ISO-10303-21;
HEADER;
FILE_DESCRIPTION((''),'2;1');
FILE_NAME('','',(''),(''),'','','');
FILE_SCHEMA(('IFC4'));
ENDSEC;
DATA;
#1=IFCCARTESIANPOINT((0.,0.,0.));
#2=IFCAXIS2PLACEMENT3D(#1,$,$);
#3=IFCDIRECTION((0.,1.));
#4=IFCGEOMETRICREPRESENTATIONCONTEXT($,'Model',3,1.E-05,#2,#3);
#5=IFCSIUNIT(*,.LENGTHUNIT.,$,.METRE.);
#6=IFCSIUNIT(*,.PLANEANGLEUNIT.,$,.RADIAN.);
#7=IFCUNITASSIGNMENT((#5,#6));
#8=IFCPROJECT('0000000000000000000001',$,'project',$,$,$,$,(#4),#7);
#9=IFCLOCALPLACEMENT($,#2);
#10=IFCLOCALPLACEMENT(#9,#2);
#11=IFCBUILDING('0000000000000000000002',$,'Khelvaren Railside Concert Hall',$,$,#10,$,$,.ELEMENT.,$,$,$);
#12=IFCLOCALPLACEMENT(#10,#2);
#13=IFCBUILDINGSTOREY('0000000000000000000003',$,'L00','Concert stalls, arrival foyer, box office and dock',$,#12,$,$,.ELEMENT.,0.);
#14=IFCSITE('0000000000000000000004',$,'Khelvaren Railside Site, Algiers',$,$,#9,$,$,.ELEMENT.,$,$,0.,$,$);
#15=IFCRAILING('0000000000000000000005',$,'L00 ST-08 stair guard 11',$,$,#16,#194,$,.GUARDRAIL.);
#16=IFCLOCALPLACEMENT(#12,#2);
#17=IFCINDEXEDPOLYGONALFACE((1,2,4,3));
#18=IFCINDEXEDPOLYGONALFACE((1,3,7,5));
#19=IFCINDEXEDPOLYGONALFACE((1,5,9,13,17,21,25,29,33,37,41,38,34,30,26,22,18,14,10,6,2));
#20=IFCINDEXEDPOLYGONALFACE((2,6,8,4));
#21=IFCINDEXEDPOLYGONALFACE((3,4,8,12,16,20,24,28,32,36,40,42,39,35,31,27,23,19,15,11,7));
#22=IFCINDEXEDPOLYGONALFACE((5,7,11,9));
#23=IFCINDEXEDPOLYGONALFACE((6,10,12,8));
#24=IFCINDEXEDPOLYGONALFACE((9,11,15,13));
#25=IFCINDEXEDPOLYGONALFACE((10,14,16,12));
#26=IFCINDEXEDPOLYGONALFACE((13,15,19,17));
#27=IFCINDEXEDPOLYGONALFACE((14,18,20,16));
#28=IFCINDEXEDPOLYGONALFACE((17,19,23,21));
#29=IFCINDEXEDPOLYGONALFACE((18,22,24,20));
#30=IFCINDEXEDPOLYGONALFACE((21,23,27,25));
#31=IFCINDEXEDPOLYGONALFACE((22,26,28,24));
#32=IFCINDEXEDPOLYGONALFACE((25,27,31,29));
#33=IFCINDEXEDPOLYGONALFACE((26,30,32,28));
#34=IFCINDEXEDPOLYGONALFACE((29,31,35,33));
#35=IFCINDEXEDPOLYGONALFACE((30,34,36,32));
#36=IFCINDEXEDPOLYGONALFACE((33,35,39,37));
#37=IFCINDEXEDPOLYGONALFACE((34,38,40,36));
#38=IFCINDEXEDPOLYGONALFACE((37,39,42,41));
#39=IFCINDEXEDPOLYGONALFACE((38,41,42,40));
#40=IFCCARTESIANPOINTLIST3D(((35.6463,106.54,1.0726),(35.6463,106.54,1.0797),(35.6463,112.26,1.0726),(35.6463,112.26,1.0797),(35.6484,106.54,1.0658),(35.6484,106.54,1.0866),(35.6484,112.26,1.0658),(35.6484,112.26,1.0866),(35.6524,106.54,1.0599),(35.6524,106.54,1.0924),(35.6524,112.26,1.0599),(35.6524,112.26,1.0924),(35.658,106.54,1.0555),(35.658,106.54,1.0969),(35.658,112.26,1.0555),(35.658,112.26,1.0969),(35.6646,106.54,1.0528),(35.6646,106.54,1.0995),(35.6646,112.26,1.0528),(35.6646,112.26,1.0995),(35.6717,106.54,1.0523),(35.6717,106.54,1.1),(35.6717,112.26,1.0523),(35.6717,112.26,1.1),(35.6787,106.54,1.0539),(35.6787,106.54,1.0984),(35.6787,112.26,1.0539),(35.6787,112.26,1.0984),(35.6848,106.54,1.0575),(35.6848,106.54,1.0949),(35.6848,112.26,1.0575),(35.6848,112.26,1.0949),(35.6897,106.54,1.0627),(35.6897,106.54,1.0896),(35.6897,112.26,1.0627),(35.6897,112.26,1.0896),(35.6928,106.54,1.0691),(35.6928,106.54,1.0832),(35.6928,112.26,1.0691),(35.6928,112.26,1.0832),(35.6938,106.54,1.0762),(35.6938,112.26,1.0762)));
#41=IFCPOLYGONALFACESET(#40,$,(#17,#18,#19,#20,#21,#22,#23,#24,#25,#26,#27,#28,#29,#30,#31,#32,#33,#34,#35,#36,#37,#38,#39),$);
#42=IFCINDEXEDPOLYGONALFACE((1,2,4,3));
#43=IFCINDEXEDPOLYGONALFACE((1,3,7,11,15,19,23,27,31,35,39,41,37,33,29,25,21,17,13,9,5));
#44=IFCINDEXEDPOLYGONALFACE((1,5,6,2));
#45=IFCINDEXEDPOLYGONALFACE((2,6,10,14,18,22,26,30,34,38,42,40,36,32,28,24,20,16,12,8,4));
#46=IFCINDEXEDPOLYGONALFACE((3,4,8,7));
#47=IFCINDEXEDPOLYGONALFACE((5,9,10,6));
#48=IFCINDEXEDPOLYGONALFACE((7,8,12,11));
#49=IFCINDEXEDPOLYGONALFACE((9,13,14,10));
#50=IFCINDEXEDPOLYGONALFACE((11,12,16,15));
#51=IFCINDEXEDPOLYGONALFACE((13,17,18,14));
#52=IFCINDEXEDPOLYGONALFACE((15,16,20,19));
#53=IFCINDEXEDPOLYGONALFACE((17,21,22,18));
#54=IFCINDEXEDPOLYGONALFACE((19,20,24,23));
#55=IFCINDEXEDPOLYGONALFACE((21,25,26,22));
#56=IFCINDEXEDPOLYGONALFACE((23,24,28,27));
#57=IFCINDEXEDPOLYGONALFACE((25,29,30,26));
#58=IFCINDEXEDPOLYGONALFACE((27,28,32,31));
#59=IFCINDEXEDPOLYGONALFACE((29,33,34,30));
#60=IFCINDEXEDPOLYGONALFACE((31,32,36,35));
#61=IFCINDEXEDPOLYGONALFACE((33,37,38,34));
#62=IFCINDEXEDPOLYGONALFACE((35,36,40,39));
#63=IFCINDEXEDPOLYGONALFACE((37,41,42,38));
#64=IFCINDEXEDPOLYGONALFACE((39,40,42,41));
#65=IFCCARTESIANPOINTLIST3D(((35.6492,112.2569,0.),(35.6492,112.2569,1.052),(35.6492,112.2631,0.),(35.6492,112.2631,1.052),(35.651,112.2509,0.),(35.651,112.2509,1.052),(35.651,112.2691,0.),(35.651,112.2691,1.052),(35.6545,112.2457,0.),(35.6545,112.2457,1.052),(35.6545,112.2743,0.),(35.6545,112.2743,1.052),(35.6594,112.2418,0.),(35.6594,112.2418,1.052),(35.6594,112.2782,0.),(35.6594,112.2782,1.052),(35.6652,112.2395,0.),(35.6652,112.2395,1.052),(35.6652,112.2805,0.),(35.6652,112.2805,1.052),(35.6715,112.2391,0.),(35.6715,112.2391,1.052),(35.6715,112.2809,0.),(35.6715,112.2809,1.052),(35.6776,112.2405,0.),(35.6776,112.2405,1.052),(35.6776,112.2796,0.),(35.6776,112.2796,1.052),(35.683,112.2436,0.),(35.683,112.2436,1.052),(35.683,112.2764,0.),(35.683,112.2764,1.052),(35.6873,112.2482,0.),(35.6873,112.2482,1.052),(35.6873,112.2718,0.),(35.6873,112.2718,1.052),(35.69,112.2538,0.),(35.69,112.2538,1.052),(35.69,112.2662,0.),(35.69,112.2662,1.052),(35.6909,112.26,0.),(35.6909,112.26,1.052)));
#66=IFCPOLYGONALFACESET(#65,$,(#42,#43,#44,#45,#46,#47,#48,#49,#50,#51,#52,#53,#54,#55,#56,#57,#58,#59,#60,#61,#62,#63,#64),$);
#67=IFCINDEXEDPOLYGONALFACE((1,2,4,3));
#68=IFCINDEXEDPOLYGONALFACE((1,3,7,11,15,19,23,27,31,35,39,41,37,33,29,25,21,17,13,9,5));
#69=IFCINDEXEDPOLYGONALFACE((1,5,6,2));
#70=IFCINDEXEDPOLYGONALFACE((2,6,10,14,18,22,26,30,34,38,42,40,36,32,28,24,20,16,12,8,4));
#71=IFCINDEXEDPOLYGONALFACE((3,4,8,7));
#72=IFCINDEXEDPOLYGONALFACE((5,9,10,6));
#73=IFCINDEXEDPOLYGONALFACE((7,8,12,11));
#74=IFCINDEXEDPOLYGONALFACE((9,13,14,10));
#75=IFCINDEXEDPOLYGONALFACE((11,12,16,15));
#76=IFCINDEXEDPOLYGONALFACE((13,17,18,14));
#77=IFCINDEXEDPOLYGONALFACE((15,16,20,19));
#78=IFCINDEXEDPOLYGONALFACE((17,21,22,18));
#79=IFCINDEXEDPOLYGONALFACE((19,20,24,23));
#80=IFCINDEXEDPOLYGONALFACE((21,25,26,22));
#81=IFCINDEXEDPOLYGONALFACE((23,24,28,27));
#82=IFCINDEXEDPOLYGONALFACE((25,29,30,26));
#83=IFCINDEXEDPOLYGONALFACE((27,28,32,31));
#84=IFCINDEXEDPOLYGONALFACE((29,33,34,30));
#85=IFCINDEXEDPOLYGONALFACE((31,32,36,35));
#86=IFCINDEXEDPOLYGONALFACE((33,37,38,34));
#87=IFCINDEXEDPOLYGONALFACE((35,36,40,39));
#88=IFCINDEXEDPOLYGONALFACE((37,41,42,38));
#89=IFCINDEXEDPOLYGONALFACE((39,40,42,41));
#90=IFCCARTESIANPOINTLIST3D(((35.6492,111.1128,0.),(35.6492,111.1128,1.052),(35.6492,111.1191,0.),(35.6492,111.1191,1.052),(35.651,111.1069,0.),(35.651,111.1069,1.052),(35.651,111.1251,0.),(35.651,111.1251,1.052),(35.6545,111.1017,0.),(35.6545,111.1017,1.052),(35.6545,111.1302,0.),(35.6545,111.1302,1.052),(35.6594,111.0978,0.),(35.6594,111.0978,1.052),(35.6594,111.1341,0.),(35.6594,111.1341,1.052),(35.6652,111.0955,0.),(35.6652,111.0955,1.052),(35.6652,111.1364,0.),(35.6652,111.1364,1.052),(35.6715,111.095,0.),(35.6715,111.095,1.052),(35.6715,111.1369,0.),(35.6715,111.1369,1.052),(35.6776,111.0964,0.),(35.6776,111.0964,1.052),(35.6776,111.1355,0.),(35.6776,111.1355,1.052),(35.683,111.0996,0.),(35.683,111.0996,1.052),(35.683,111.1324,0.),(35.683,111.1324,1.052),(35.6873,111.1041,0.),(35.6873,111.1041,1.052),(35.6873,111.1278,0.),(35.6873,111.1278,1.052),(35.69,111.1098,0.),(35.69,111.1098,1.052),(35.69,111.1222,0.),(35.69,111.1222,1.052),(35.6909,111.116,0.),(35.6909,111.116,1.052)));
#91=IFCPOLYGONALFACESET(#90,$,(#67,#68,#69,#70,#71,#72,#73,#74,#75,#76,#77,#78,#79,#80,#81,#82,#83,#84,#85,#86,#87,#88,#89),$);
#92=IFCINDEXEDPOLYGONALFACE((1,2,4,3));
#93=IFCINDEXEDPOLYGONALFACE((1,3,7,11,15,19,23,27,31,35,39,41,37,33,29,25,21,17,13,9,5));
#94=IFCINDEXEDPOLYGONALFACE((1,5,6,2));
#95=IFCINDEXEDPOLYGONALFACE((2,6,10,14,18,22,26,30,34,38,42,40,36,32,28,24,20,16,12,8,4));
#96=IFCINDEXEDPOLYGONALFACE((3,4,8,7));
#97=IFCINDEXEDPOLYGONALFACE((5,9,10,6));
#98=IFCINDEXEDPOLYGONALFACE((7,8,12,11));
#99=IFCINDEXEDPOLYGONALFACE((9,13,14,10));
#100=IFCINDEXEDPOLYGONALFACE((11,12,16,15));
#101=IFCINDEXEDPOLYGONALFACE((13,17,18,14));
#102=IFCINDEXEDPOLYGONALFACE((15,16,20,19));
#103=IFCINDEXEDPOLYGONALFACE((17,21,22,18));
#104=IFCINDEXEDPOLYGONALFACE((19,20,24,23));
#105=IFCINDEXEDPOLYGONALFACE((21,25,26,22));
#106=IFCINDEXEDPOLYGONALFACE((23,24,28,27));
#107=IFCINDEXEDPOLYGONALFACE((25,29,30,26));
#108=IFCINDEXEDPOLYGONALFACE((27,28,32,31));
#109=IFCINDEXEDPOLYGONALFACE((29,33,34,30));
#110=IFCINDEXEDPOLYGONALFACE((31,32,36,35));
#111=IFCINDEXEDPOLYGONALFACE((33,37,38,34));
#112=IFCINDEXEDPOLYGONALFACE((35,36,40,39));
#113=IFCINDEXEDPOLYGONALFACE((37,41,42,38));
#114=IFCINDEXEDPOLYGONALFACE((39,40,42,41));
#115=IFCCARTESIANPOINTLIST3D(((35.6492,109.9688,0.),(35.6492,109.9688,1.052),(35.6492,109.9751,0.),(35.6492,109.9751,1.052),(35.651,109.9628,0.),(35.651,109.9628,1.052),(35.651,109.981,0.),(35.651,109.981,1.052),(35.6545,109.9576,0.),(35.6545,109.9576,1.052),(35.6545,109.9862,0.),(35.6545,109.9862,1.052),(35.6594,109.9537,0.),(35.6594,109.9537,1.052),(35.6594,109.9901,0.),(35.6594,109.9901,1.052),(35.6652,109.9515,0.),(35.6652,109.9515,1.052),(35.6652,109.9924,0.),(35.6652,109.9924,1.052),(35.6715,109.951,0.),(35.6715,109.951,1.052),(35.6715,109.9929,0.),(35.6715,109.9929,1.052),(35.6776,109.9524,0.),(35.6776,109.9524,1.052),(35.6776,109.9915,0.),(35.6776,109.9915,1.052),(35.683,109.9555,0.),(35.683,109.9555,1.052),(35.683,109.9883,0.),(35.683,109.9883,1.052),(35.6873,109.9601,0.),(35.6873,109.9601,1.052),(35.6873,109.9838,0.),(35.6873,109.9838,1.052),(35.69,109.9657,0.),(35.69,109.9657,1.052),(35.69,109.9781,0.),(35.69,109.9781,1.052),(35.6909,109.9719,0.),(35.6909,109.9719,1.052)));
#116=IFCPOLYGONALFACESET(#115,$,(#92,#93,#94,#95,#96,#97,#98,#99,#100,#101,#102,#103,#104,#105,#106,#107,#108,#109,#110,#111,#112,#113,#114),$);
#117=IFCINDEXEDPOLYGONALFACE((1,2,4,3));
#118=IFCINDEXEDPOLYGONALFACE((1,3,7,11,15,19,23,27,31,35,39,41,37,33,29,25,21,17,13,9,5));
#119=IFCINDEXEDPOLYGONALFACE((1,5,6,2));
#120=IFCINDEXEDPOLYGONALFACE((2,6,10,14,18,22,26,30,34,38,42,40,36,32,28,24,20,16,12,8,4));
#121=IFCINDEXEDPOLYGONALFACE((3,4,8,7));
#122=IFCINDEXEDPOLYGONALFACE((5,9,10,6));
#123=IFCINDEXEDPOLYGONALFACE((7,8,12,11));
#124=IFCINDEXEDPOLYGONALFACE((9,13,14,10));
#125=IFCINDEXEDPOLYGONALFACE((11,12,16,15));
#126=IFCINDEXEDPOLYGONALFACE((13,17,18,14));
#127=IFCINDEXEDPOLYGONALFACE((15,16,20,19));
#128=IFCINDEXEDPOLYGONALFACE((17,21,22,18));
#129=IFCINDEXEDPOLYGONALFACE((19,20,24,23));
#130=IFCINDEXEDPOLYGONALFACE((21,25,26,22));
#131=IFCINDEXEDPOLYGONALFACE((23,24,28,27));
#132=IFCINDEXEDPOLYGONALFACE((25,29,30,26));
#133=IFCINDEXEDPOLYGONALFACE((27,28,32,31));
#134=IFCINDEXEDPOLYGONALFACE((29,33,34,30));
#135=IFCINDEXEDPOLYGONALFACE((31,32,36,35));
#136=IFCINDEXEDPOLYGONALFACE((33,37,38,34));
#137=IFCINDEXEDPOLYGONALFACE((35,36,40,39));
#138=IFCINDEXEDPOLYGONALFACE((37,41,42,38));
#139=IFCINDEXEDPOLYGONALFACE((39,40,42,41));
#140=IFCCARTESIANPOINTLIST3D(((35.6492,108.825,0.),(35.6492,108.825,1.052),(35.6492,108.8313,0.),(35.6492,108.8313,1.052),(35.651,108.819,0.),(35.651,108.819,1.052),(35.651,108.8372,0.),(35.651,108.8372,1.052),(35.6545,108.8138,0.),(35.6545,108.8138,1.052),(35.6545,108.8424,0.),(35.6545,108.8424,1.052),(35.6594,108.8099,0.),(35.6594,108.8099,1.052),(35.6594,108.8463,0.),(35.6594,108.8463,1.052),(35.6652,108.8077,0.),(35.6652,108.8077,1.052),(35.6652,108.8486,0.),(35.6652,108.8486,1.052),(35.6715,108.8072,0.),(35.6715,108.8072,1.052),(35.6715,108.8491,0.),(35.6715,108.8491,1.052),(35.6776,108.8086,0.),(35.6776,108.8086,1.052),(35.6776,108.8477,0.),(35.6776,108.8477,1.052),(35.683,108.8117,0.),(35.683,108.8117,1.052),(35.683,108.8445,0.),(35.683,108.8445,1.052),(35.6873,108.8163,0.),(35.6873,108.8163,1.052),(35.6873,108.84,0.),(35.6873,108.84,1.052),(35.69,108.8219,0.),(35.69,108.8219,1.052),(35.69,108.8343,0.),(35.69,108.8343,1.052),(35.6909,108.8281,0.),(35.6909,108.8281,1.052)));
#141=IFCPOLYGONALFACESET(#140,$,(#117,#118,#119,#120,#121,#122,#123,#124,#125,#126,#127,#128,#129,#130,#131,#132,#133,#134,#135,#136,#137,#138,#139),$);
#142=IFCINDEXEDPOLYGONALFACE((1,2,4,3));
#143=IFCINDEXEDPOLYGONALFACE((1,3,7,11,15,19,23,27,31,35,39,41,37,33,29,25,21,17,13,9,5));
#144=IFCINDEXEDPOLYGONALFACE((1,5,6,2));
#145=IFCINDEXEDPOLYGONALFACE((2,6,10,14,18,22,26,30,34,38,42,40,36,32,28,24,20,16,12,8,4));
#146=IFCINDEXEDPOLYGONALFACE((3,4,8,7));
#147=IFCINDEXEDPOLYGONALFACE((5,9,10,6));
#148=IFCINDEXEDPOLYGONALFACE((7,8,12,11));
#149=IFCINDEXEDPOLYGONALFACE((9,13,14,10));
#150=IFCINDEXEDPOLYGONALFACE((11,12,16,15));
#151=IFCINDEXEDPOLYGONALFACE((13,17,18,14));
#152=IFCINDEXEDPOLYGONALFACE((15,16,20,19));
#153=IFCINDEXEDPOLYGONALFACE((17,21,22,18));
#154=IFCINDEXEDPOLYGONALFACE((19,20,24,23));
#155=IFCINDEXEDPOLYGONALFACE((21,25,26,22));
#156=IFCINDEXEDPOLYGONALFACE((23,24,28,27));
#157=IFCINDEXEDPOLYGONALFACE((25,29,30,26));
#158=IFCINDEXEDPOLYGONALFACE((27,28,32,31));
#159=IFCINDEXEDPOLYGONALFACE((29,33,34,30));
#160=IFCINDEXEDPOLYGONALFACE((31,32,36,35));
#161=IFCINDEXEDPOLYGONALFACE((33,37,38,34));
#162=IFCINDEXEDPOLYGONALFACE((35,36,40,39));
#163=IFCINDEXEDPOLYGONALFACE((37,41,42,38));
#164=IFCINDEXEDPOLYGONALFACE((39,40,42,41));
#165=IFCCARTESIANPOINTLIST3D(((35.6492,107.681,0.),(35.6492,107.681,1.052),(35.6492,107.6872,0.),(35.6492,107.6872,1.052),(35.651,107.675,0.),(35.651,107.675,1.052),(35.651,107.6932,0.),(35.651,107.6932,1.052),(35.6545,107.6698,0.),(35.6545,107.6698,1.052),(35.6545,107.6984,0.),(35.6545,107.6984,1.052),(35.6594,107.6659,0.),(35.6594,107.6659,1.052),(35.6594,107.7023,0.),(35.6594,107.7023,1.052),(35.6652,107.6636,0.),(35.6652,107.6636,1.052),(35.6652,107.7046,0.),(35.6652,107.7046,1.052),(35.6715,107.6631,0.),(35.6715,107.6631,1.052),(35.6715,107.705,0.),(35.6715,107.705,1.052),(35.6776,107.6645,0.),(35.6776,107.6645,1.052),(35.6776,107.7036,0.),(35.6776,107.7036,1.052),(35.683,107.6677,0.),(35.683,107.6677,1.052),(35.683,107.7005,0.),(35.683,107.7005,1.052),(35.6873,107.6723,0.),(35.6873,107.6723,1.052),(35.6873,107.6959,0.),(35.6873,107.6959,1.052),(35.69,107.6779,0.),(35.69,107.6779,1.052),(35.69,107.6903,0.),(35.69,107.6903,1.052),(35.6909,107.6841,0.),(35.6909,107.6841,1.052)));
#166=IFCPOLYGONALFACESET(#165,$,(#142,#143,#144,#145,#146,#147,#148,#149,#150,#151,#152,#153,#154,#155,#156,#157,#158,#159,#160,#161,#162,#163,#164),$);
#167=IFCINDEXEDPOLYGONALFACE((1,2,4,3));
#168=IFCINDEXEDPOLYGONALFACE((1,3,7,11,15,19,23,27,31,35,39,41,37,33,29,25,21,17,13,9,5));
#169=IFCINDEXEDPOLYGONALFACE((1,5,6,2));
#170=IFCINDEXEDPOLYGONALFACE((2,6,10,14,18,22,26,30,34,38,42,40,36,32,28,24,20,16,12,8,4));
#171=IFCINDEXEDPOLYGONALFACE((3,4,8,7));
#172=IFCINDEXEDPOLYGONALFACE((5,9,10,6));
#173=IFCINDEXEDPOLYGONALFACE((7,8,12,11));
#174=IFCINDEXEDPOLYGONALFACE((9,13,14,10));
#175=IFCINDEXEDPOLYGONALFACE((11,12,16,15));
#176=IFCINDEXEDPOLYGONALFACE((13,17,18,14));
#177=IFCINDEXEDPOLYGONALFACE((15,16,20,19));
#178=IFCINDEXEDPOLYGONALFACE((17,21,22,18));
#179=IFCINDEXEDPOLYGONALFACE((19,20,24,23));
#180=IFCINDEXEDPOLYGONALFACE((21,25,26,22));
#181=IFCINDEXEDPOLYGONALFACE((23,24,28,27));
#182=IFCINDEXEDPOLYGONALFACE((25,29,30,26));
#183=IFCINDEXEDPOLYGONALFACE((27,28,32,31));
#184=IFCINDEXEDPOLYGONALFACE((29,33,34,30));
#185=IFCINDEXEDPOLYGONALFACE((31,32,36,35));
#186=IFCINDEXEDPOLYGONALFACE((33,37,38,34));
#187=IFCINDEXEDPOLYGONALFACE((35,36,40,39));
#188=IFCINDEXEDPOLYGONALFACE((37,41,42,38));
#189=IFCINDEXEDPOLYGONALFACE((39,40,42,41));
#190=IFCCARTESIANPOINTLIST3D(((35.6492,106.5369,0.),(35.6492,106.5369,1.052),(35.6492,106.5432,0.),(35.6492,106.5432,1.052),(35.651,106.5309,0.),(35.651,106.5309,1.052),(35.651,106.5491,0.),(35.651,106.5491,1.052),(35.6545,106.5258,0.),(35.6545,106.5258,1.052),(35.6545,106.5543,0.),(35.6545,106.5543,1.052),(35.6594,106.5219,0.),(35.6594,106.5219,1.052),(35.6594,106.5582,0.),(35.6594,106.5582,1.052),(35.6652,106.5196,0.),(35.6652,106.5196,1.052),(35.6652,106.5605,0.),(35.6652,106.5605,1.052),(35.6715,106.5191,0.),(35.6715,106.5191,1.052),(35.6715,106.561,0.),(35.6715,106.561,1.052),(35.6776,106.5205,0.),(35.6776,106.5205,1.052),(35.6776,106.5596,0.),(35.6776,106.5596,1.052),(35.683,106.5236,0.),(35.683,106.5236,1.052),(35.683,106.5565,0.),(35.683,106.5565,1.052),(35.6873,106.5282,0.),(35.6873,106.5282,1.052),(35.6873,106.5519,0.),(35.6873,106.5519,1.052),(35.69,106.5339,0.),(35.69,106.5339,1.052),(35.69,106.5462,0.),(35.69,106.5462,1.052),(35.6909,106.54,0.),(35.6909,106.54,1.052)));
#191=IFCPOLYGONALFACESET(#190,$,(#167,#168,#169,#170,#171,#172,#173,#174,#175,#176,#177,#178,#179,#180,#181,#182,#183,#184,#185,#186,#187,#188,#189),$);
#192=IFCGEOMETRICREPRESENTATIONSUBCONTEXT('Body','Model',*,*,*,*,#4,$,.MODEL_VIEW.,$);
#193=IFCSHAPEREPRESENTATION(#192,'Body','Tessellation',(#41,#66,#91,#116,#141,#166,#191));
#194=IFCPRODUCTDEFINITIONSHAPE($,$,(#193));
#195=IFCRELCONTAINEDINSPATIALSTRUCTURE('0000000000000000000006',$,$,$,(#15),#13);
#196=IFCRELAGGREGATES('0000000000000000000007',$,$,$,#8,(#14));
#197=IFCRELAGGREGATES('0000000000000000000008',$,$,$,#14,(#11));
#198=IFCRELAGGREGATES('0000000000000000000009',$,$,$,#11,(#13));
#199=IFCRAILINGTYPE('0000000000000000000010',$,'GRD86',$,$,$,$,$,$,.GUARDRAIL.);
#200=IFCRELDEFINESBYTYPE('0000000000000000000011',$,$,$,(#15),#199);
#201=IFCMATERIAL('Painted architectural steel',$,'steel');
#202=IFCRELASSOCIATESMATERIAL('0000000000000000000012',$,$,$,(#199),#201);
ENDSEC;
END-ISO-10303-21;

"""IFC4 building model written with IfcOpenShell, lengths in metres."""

from ifc_helpers import new_model, si_unit, direction, frame, origin, origin_2d, place, context, subcontext, project, spatial, circle, extrude, material, type_object, element, save


model = new_model("IFC4")

# Units and contexts
model_context = context("Model", 3, precision=1e-05, world=origin(), true_north=direction((0.0, 1.0)))
body_context = subcontext(model_context, "Body", "Model", "MODEL_VIEW")
ifc_project = project(units=[si_unit("LENGTHUNIT", "METRE"), si_unit("PLANEANGLEUNIT", "RADIAN")], contexts=[model_context])

# Site, building, storey
site_placement = place(None, origin())
site = spatial("IfcSite", under=ifc_project, at=site_placement, Name="Khelvaren Railside Site, Algiers", CompositionType="ELEMENT", RefElevation=0.0)
building_placement = place(site_placement, origin())
building = spatial("IfcBuilding", under=site, at=building_placement, Name="Khelvaren Railside Concert Hall", CompositionType="ELEMENT")
storey_placement = place(building_placement, origin())
storey = spatial("IfcBuildingStorey", under=building, at=storey_placement, Name="L00", Description="Concert stalls, arrival foyer, box office and dock", CompositionType="ELEMENT", Elevation=0.0)

# Railing
ifc_material_1 = material(Name="Painted architectural steel", Category="steel")
railing_type_1 = type_object("IfcRailingType", Name="GRD86", PredefinedType="GUARDRAIL", material=ifc_material_1)
railing_1_placement = place(storey_placement, frame((35.6699, 112.26, 0.0)))
element("IfcRailing", 1, at=railing_1_placement, inside=storey, type_object=railing_type_1, Name="L00 ST-08 stair guard 11", PredefinedType="GUARDRAIL", context=body_context, shape_type="SweptSolid", body=[
    extrude(circle(Radius=0.0239, at=origin_2d()), frame((0.0, 0.0, 1.0762), z_axis=(0.0, -1.0, 0.0), x_axis=(1.0, 0.0, 0.0)), (0.0, 0.0, 1.0), 5.72),
    extrude(circle(Radius=0.021, at=origin_2d()), origin(), (0.0, 0.0, 1.0), 1.052),
    extrude(circle(Radius=0.021, at=origin_2d()), frame((0.0, -1.144, 0.0)), (0.0, 0.0, 1.0), 1.052),
    extrude(circle(Radius=0.021, at=origin_2d()), frame((0.0, -2.2881, 0.0)), (0.0, 0.0, 1.0), 1.052),
    extrude(circle(Radius=0.021, at=origin_2d()), frame((0.0, -3.4319, 0.0)), (0.0, 0.0, 1.0), 1.052),
    extrude(circle(Radius=0.021, at=origin_2d()), frame((0.0, -4.5759, 0.0)), (0.0, 0.0, 1.0), 1.052),
    extrude(circle(Radius=0.021, at=origin_2d()), frame((0.0, -5.72, 0.0)), (0.0, 0.0, 1.0), 1.052),
])

save(model, "model.ifc")
